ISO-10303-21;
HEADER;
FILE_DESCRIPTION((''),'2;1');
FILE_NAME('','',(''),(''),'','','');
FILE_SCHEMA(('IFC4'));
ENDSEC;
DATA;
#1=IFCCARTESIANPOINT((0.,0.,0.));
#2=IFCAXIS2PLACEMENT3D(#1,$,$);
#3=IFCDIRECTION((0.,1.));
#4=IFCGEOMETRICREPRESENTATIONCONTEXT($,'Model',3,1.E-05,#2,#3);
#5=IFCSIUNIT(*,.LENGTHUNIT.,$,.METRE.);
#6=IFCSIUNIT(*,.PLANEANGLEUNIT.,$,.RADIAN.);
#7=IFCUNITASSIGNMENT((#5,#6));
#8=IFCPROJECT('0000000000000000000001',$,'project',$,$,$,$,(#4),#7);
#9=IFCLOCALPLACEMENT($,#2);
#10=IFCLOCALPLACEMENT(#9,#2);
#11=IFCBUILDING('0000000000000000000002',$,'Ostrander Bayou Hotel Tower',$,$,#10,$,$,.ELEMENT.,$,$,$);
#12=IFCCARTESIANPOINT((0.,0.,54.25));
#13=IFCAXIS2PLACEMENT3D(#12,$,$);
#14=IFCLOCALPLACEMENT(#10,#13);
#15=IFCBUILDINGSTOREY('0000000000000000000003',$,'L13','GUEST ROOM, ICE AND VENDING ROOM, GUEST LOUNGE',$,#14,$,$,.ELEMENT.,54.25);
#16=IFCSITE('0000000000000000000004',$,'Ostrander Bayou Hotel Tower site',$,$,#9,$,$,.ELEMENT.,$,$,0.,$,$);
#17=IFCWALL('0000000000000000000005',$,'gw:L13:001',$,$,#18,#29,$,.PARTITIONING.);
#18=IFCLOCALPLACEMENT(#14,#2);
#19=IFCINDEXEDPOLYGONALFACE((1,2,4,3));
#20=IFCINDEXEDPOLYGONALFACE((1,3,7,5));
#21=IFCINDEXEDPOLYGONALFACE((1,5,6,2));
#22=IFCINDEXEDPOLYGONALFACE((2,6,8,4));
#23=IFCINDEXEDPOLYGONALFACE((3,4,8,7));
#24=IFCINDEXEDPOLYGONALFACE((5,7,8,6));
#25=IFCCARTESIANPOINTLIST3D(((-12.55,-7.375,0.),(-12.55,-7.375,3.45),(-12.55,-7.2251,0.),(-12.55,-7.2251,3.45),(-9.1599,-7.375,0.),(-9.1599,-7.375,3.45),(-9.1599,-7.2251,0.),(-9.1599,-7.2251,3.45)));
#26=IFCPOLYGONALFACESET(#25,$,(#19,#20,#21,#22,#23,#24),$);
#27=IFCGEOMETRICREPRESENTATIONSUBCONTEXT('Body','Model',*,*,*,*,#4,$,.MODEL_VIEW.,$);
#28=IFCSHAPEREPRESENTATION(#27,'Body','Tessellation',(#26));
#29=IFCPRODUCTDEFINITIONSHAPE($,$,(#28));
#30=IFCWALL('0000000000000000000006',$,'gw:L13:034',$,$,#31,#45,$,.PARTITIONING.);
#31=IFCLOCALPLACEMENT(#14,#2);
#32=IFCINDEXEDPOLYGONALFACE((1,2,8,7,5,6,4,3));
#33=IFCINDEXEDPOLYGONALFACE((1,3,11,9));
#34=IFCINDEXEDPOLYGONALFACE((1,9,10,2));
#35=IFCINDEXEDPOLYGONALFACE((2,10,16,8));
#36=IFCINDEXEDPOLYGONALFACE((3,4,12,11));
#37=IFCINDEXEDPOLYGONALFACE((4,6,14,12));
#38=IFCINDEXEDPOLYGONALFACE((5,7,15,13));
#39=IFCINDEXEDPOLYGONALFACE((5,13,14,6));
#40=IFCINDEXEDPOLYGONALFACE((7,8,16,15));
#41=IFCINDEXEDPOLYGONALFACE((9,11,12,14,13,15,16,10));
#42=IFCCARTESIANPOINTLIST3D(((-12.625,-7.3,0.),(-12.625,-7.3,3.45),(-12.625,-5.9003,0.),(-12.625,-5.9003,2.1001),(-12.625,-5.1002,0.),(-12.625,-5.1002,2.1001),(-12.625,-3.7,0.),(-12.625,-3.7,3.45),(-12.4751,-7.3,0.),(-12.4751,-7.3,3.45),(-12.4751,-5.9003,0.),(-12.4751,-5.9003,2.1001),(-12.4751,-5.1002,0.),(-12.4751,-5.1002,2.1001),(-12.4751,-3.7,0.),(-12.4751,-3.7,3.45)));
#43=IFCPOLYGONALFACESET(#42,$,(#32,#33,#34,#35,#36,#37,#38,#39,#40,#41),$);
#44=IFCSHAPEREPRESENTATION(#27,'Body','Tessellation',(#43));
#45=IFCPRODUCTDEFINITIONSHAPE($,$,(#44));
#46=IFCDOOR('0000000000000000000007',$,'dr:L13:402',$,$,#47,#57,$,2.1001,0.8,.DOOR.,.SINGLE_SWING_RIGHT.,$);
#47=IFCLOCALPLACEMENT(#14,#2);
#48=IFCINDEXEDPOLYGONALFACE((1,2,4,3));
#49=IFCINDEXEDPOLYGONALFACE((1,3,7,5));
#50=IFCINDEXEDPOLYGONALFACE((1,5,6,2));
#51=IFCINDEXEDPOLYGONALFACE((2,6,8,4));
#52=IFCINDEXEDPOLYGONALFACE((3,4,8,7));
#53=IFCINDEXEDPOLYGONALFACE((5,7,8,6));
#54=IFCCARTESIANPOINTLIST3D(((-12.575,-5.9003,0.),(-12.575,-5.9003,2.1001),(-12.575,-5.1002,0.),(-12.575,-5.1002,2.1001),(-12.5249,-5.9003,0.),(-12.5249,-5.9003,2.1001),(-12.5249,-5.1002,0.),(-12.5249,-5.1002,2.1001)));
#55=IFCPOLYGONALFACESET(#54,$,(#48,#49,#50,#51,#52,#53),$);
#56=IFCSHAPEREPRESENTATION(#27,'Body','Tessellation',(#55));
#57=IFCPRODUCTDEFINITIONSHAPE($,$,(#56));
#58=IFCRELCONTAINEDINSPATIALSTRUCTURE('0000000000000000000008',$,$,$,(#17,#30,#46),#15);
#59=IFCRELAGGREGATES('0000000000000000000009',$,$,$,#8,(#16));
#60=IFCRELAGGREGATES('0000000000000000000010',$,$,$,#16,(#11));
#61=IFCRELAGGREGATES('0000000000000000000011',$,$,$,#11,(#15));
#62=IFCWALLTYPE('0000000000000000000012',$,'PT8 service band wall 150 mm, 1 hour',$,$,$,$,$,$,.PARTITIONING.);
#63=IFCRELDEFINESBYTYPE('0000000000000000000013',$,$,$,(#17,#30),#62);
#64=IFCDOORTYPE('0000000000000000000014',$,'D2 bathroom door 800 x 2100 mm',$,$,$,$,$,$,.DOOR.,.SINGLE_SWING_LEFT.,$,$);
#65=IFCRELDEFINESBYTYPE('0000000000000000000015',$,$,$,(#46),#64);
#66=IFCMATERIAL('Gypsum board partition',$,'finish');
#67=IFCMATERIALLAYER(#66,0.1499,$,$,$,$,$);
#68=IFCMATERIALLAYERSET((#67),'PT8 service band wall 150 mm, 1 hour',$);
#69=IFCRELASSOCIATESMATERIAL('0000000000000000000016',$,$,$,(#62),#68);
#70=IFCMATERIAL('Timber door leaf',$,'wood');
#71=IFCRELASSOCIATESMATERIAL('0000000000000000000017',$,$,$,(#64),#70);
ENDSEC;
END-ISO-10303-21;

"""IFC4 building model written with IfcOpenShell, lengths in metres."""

from ifc_helpers import new_model, si_unit, direction, frame, frame_2d, origin, place, context, subcontext, project, spatial, rectangle, extrude, material, layer, layer_set, type_object, element, fill, save


model = new_model("IFC4")

# Units and contexts
model_context = context("Model", 3, precision=1e-05, world=origin(), true_north=direction((0.0, 1.0)))
body_context = subcontext(model_context, "Body", "Model", "MODEL_VIEW")
ifc_project = project(units=[si_unit("LENGTHUNIT", "METRE"), si_unit("PLANEANGLEUNIT", "RADIAN")], contexts=[model_context])

# Site, building, storey
site_placement = place(None, origin())
site = spatial("IfcSite", under=ifc_project, at=site_placement, Name="Ostrander Bayou Hotel Tower site", CompositionType="ELEMENT", RefElevation=0.0)
building_placement = place(site_placement, origin())
building = spatial("IfcBuilding", under=site, at=building_placement, Name="Ostrander Bayou Hotel Tower", CompositionType="ELEMENT")
storey_placement = place(building_placement, frame((0.0, 0.0, 54.25)))
storey = spatial("IfcBuildingStorey", under=building, at=storey_placement, Name="L13", Description="GUEST ROOM, ICE AND VENDING ROOM, GUEST LOUNGE", CompositionType="ELEMENT", Elevation=54.25)

# Wall
ifc_material_1 = material(Name="Gypsum board partition", Category="finish")
ifc_layer_1 = layer(ifc_material_1, 0.1499)
ifc_layer_set_1 = layer_set([ifc_layer_1], Name="PT8 service band wall 150 mm, 1 hour")
wall_type_1 = type_object("IfcWallType", Name="PT8 service band wall 150 mm, 1 hour", PredefinedType="PARTITIONING", material=ifc_layer_set_1)
wall_1_placement = place(storey_placement, frame((-12.55, -7.3, 0.0), z_axis=(0.0, 0.0, 1.0), x_axis=(1.0, 0.0, 0.0)))
element("IfcWall", 1, at=wall_1_placement, inside=storey, type_object=wall_type_1, Name="gw:L13:001", PredefinedType="PARTITIONING", context=body_context, shape_type="SweptSolid", body=[
    extrude(rectangle(XDim=3.3901, YDim=0.1499, at=frame_2d((1.6951, 0.0))), origin(), (0.0, 0.0, 1.0), 3.45),
])

# Wall, opening, door
wall_2_placement = place(storey_placement, frame((-12.55, -7.3, 0.0), z_axis=(0.0, 0.0, 1.0), x_axis=(0.0, 1.0, 0.0)))
wall_2 = element("IfcWall", 2, at=wall_2_placement, inside=storey, type_object=wall_type_1, Name="gw:L13:034", PredefinedType="PARTITIONING", context=body_context, shape_type="SweptSolid", body=[
    extrude(rectangle(XDim=3.6001, YDim=0.1499, at=frame_2d((1.8, 0.0))), origin(), (0.0, 0.0, 1.0), 3.45),
])
opening_placement = place(wall_2_placement, frame((1.3999, 0.0, 0.0)))
opening = element("IfcOpeningElement", 3, at=opening_placement, cuts=wall_2, PredefinedType="OPENING", context=body_context, shape_type="SweptSolid", body=[
    extrude(rectangle(XDim=0.8, YDim=2.1001, at=frame_2d((0.3999, 1.05))), frame((0.0, 0.075, 0.0), z_axis=(0.0, -1.0, 0.0), x_axis=(1.0, 0.0, 0.0)), (0.0, 0.0, 1.0), 0.1499),
])
ifc_material_2 = material(Name="Timber door leaf", Category="wood")
door_type = type_object("IfcDoorType", Name="D2 bathroom door 800 x 2100 mm", OperationType="SINGLE_SWING_LEFT", PredefinedType="DOOR", material=ifc_material_2)
door_placement = place(opening_placement, origin())
door = element("IfcDoor", 4, at=door_placement, inside=storey, type_object=door_type, Name="dr:L13:402", OperationType="SINGLE_SWING_RIGHT", OverallHeight=2.1001, OverallWidth=0.8, PredefinedType="DOOR", context=body_context, shape_type="SweptSolid", body=[
    extrude(rectangle(XDim=0.8, YDim=2.1001, at=frame_2d((0.3999, 1.05))), frame((0.0, 0.0249, 0.0), z_axis=(0.0, -1.0, 0.0), x_axis=(1.0, 0.0, 0.0)), (0.0, 0.0, 1.0), 0.05),
])
fill(opening, door)

save(model, "model.ifc")
